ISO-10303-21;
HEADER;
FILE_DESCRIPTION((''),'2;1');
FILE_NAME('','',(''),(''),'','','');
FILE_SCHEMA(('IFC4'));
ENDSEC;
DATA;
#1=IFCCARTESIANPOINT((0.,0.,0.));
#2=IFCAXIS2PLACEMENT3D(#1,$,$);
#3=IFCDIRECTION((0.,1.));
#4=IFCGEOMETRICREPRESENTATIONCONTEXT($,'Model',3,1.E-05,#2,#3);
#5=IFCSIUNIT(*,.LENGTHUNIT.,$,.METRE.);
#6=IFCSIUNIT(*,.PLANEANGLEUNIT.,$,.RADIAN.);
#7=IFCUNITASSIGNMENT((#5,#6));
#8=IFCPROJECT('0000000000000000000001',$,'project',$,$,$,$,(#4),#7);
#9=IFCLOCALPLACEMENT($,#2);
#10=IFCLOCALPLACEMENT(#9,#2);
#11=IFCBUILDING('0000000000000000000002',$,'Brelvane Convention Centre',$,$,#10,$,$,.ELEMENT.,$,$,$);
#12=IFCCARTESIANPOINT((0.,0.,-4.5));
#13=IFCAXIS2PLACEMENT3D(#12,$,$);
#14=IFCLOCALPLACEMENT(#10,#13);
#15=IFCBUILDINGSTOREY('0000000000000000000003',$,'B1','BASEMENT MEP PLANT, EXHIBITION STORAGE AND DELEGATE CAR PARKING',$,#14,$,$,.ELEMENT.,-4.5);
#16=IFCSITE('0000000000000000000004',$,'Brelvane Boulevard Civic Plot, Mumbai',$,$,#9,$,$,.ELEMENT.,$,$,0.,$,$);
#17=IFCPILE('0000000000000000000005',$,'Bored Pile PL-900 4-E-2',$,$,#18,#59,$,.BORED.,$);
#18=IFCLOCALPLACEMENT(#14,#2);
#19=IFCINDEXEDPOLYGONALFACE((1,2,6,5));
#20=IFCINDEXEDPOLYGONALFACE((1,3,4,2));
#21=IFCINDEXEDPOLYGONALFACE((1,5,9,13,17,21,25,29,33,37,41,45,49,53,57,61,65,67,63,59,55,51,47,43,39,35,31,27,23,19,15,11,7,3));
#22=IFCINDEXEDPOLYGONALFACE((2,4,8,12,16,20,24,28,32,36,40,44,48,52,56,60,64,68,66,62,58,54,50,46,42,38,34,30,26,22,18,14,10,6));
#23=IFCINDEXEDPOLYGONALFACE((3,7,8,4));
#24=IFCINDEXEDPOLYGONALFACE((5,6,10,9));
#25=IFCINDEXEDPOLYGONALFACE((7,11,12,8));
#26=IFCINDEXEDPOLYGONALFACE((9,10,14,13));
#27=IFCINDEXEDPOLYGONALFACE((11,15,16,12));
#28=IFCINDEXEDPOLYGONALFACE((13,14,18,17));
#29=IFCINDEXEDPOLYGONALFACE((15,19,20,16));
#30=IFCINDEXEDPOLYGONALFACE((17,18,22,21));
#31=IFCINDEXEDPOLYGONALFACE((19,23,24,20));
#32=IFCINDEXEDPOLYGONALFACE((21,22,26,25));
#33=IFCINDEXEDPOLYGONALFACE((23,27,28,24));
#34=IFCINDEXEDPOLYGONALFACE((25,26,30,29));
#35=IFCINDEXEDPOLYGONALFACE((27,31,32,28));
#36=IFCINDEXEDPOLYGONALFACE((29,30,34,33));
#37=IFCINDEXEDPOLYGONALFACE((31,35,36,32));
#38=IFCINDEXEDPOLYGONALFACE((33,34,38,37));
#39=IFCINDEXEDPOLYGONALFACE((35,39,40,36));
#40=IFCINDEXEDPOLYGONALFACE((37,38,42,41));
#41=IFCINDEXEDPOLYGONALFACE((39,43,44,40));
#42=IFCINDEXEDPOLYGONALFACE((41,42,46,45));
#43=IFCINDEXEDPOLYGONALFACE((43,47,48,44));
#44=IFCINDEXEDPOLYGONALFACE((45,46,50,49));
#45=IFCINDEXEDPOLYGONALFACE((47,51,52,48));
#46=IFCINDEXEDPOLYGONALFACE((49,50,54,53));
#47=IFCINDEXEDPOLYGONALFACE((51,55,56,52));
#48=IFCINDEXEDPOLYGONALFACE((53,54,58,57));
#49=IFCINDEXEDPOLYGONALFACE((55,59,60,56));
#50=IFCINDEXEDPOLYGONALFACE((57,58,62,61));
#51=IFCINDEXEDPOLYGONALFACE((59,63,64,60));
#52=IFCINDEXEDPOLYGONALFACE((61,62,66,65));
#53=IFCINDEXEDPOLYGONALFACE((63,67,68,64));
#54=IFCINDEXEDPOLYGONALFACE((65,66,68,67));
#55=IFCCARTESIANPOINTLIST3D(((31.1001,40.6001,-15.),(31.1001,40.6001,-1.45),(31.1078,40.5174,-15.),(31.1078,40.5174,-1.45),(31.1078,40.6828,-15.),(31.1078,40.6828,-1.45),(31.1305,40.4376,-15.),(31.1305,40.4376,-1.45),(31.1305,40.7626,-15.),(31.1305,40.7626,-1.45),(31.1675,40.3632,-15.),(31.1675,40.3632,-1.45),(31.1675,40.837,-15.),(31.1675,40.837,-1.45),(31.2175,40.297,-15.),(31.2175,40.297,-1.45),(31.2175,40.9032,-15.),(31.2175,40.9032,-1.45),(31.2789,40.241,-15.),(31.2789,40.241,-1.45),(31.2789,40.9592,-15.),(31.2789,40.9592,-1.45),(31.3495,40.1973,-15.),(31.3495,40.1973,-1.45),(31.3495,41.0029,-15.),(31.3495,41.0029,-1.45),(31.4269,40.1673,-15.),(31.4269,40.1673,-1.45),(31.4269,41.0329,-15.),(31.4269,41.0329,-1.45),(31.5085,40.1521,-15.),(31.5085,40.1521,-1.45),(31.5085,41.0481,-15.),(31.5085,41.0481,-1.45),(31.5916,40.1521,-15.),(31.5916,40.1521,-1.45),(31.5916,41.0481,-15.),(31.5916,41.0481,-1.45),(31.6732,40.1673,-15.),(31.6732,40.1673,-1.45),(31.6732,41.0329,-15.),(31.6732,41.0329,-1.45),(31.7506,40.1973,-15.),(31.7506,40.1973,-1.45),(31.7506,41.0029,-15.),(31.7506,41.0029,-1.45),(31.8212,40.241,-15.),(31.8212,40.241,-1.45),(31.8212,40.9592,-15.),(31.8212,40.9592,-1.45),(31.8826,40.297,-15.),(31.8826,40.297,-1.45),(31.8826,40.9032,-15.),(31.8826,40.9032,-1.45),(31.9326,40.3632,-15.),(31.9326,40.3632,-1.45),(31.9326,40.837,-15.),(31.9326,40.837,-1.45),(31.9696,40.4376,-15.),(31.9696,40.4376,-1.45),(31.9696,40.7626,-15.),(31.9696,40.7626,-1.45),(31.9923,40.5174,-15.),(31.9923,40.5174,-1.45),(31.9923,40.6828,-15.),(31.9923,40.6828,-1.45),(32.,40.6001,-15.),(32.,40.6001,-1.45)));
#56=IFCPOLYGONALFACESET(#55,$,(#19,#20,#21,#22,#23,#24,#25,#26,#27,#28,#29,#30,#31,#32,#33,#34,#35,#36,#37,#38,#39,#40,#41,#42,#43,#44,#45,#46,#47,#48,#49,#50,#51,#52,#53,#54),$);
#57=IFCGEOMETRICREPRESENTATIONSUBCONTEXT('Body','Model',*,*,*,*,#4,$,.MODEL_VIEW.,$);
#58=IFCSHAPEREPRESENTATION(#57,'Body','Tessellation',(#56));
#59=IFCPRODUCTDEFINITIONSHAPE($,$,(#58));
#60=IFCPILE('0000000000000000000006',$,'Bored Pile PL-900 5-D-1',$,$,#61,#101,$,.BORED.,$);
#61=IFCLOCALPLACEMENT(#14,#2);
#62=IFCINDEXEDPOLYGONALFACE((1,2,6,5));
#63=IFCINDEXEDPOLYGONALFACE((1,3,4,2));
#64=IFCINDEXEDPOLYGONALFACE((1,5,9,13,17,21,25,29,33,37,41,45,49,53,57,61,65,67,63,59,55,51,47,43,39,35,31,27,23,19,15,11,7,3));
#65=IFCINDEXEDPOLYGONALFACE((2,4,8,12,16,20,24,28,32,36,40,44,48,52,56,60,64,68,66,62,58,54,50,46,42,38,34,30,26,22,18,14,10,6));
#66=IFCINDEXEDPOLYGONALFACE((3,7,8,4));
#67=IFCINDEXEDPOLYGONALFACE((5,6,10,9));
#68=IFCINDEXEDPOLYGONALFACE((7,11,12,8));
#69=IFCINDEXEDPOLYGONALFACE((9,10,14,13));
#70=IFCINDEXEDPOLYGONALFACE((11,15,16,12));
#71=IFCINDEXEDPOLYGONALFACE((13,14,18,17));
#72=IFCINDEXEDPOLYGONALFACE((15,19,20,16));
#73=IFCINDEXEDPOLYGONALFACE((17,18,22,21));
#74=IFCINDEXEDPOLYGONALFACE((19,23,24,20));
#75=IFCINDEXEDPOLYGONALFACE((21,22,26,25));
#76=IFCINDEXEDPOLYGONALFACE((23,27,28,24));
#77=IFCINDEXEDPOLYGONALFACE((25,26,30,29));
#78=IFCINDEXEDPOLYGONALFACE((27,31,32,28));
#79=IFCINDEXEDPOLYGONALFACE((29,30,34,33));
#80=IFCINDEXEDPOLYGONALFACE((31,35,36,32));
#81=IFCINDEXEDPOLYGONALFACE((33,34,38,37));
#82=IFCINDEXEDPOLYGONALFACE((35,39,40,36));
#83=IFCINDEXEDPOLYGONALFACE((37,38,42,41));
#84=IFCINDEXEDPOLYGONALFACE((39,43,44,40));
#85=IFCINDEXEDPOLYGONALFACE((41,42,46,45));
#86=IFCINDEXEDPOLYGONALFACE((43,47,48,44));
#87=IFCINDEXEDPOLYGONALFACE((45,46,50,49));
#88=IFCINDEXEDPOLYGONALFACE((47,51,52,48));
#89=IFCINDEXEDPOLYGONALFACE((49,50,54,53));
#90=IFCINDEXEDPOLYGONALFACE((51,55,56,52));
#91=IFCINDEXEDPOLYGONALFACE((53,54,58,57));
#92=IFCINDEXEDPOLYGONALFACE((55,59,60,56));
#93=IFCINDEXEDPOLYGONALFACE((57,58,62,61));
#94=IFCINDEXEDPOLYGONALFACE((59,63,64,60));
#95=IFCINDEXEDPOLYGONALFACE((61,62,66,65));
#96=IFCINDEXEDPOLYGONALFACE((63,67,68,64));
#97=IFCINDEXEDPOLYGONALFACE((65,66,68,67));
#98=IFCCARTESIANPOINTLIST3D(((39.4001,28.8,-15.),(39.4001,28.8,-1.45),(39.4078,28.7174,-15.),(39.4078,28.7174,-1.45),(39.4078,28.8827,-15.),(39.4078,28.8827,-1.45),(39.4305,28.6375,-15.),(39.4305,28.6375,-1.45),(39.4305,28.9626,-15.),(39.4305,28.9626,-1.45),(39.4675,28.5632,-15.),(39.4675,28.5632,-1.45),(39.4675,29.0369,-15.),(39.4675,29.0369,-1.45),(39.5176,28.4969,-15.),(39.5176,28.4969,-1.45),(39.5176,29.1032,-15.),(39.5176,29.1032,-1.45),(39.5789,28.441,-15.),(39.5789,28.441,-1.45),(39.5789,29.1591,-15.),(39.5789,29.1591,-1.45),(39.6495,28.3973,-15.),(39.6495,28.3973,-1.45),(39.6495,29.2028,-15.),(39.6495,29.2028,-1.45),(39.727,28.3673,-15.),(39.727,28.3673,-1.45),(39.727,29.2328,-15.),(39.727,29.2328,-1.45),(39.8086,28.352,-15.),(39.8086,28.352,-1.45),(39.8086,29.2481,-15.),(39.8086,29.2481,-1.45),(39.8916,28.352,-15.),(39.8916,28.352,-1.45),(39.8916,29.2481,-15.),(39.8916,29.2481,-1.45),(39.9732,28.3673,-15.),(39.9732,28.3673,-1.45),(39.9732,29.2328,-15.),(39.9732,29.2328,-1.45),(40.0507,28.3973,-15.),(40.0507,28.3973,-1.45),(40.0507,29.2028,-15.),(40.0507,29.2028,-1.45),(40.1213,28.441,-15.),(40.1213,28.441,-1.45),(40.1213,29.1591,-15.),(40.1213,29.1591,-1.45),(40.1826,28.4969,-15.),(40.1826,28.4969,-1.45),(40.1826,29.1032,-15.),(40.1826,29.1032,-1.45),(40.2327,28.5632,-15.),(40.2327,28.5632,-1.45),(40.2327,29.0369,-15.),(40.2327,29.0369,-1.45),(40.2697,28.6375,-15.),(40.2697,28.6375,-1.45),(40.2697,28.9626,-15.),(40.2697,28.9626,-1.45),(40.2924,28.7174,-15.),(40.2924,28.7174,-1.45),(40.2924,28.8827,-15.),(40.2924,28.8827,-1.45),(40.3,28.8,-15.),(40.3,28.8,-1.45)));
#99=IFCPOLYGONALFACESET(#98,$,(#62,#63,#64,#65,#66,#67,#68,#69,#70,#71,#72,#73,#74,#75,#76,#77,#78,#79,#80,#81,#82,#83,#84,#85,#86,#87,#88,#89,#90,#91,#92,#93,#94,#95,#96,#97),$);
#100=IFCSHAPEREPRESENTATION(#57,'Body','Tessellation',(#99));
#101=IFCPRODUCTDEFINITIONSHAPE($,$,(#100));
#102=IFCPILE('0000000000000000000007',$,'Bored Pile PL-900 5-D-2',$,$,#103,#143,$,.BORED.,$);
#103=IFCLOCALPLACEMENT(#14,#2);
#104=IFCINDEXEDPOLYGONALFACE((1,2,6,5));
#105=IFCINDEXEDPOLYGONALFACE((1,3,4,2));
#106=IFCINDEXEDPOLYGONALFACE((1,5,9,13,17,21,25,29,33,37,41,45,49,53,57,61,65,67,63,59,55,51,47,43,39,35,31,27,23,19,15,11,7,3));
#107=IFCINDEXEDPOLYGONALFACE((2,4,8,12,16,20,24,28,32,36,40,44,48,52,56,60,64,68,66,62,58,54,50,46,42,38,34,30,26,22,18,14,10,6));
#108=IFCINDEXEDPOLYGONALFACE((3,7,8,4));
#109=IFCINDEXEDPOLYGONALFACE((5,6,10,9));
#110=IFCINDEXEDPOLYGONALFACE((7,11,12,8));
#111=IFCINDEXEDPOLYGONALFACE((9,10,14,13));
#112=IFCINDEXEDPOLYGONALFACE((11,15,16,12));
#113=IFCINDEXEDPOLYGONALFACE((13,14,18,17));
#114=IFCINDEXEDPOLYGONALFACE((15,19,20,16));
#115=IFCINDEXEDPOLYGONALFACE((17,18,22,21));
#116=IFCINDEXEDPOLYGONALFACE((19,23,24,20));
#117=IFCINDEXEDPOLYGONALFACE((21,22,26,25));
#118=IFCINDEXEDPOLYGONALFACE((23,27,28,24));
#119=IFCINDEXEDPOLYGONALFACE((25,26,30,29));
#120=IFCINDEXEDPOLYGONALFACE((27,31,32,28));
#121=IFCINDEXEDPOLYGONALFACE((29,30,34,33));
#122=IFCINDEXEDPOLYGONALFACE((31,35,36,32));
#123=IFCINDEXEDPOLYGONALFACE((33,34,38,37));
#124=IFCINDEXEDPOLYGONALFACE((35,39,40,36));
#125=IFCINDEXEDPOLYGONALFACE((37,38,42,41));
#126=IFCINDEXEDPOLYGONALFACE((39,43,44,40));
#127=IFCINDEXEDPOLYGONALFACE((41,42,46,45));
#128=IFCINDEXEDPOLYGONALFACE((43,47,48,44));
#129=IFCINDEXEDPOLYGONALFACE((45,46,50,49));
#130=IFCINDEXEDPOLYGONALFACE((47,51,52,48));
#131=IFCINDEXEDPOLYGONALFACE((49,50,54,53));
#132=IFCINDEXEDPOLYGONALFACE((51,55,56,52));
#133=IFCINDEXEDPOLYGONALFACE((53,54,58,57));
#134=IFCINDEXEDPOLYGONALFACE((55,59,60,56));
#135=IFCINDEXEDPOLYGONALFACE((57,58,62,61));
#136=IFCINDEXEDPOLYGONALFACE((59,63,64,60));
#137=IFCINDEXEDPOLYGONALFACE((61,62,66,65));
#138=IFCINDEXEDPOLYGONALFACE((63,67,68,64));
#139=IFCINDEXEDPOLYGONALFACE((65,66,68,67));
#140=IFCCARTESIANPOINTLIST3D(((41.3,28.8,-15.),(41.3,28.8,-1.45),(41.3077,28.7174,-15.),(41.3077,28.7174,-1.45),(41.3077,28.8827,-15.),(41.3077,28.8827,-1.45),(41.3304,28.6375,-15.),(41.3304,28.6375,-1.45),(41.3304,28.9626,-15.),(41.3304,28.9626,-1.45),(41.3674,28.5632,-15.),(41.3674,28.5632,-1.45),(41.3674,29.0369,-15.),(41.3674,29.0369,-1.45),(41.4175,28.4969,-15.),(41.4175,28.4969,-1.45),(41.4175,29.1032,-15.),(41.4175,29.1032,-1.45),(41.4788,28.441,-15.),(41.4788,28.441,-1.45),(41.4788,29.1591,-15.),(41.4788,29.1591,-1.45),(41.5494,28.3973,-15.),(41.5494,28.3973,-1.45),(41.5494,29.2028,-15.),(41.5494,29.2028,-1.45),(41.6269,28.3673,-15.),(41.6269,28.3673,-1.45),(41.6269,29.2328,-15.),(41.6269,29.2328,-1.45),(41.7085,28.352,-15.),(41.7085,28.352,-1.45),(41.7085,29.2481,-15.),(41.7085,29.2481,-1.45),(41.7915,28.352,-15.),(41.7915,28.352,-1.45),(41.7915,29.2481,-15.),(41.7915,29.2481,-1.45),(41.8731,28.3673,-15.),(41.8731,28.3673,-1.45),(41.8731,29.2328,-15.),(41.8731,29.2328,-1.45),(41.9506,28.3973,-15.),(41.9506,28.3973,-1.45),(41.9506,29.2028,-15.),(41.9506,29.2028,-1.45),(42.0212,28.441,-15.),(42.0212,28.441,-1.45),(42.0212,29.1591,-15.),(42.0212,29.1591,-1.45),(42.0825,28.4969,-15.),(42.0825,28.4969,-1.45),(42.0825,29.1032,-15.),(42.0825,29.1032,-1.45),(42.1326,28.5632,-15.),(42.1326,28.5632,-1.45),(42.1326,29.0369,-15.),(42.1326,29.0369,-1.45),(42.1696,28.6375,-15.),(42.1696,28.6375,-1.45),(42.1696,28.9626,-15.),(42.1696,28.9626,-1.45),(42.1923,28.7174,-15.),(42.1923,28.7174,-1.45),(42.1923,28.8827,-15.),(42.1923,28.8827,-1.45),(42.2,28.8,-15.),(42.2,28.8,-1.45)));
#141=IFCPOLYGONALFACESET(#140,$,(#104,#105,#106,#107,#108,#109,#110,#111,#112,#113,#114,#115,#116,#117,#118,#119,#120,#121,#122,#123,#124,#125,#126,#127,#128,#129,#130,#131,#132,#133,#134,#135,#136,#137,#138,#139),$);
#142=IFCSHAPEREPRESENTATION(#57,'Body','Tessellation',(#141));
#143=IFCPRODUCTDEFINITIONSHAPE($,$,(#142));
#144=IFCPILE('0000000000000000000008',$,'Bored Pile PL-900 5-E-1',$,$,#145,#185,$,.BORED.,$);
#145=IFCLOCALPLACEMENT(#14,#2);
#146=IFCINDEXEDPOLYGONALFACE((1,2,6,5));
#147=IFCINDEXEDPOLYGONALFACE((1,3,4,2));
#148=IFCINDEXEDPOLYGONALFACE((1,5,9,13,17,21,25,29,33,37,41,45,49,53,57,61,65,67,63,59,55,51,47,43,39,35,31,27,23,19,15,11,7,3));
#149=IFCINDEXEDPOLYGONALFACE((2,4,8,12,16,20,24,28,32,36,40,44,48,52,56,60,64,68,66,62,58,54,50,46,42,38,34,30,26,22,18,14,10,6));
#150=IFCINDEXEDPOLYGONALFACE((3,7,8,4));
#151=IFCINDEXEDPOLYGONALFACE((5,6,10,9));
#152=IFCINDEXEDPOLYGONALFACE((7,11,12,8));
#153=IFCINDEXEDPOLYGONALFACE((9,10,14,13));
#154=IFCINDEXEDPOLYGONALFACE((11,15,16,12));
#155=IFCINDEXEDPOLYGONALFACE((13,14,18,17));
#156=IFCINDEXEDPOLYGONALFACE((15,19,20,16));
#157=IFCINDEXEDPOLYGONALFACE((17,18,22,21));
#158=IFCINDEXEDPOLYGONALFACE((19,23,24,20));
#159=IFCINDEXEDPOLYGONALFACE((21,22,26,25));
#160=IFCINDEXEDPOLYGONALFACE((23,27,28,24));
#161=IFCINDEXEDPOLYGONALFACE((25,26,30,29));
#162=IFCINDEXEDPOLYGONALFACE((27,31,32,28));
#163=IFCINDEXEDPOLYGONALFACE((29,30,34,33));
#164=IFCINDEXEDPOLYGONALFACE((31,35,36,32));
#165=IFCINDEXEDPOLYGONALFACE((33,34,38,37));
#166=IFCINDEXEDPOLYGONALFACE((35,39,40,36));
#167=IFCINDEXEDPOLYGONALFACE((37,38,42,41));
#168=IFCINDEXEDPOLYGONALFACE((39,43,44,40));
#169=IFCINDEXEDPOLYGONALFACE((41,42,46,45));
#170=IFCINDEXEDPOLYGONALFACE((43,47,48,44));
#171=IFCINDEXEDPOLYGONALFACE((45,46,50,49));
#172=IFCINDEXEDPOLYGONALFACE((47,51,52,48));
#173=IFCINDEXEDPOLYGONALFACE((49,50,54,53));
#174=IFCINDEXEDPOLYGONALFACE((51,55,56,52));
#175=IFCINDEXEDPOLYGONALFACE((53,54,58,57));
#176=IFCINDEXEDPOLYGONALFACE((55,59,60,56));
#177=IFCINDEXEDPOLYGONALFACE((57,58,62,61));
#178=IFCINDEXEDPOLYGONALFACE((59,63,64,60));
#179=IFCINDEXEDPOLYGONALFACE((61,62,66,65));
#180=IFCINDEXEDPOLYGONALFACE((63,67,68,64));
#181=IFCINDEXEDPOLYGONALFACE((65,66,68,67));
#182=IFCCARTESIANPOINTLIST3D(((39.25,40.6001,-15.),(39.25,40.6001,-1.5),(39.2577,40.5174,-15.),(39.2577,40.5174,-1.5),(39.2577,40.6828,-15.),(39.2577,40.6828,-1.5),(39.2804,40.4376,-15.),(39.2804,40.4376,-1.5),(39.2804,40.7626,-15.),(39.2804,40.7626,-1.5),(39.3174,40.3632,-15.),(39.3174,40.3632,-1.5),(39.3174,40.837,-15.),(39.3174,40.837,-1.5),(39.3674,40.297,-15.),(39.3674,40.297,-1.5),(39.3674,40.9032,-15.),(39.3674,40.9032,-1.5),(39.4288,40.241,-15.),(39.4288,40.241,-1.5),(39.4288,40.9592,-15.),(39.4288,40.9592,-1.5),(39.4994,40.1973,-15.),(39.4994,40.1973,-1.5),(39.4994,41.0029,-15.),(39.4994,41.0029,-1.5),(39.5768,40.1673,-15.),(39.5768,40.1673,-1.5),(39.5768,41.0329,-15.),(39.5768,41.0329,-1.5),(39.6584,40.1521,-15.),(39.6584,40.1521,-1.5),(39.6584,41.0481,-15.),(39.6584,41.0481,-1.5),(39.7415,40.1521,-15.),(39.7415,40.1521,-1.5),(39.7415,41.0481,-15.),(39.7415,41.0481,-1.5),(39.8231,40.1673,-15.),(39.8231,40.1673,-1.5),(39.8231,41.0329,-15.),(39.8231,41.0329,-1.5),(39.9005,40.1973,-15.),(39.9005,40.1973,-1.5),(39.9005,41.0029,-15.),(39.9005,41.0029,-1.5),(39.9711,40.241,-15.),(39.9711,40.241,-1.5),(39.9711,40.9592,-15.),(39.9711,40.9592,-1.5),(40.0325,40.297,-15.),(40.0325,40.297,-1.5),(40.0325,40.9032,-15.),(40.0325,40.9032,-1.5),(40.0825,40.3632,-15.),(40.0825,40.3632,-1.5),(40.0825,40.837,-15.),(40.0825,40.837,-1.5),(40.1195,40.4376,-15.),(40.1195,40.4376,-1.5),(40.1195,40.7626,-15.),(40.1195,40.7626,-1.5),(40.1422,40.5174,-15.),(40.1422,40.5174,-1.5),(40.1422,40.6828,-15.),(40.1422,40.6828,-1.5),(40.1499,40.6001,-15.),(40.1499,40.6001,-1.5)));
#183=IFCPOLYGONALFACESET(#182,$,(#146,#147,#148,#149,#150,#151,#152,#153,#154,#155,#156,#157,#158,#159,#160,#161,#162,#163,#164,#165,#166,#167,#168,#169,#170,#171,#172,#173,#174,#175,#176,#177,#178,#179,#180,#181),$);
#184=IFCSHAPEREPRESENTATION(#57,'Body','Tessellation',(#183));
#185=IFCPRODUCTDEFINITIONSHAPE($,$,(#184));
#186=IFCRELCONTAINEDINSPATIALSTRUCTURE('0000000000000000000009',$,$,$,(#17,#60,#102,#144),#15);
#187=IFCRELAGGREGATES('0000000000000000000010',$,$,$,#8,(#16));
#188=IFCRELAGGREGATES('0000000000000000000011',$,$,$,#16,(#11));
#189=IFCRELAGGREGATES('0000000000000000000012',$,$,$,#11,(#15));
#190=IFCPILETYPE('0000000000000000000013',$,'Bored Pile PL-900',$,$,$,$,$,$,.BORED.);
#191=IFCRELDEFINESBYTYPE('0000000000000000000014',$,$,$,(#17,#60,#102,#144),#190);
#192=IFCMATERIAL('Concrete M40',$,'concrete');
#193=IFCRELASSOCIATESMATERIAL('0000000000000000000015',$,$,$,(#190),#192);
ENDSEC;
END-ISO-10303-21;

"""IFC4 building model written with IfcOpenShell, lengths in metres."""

from ifc_helpers import new_model, si_unit, direction, frame, origin, origin_2d, place, context, subcontext, project, spatial, circle, extrude, material, material_profile, profile_set, type_object, element, save


model = new_model("IFC4")

# Units and contexts
model_context = context("Model", 3, precision=1e-05, world=origin(), true_north=direction((0.0, 1.0)))
body_context = subcontext(model_context, "Body", "Model", "MODEL_VIEW")
ifc_project = project(units=[si_unit("LENGTHUNIT", "METRE"), si_unit("PLANEANGLEUNIT", "RADIAN")], contexts=[model_context])

# Site, building, storey
site_placement = place(None, origin())
site = spatial("IfcSite", under=ifc_project, at=site_placement, Name="Brelvane Boulevard Civic Plot, Mumbai", CompositionType="ELEMENT", RefElevation=0.0)
building_placement = place(site_placement, origin())
building = spatial("IfcBuilding", under=site, at=building_placement, Name="Brelvane Convention Centre", CompositionType="ELEMENT")
storey_placement = place(building_placement, frame((0.0, 0.0, -4.5)))
storey = spatial("IfcBuildingStorey", under=building, at=storey_placement, Name="B1", Description="BASEMENT MEP PLANT, EXHIBITION STORAGE AND DELEGATE CAR PARKING", CompositionType="ELEMENT", Elevation=-4.5)

# Piles
ifc_material_1 = material(Name="Concrete M40", Category="concrete")
ifc_material_profile_1 = material_profile(ifc_material_1, circle(Radius=0.45, at=origin_2d()), Name="PILE D900")
ifc_profile_set_1 = profile_set([ifc_material_profile_1], Name="Concrete M40")
pile_type = type_object("IfcPileType", Name="Bored Pile PL-900", PredefinedType="BORED", material=ifc_profile_set_1)
for number, where, z_axis, x_axis, name in (
    (1, (31.55, 40.6001, -1.45), (0.0, 0.0, -1.0), (1.0, 0.0, 0.0), "Bored Pile PL-900 4-E-2"),
    (2, (39.8501, 28.8, -1.45), (0.0, 0.0, -1.0), (1.0, 0.0, 0.0), "Bored Pile PL-900 5-D-1"),
    (3, (41.75, 28.8, -1.45), (0.0, 0.0, -1.0), (1.0, 0.0, 0.0), "Bored Pile PL-900 5-D-2"),
):
    element("IfcPile", number, at=place(storey_placement, frame(where, z_axis=z_axis, x_axis=x_axis)), inside=storey, type_object=pile_type, Name=name, PredefinedType="BORED", context=body_context, shape_type="SweptSolid", body=[
        extrude(circle(Radius=0.45, at=origin_2d()), origin(), (0.0, 0.0, 1.0), 13.55),
    ])
for number, where, z_axis, x_axis, name in (
    (4, (39.7, 40.6001, -1.5), (0.0, 0.0, -1.0), (1.0, 0.0, 0.0), "Bored Pile PL-900 5-E-1"),
):
    element("IfcPile", number, at=place(storey_placement, frame(where, z_axis=z_axis, x_axis=x_axis)), inside=storey, type_object=pile_type, Name=name, PredefinedType="BORED", context=body_context, shape_type="SweptSolid", body=[
        extrude(circle(Radius=0.45, at=origin_2d()), origin(), (0.0, 0.0, 1.0), 13.5),
    ])

save(model, "model.ifc")
